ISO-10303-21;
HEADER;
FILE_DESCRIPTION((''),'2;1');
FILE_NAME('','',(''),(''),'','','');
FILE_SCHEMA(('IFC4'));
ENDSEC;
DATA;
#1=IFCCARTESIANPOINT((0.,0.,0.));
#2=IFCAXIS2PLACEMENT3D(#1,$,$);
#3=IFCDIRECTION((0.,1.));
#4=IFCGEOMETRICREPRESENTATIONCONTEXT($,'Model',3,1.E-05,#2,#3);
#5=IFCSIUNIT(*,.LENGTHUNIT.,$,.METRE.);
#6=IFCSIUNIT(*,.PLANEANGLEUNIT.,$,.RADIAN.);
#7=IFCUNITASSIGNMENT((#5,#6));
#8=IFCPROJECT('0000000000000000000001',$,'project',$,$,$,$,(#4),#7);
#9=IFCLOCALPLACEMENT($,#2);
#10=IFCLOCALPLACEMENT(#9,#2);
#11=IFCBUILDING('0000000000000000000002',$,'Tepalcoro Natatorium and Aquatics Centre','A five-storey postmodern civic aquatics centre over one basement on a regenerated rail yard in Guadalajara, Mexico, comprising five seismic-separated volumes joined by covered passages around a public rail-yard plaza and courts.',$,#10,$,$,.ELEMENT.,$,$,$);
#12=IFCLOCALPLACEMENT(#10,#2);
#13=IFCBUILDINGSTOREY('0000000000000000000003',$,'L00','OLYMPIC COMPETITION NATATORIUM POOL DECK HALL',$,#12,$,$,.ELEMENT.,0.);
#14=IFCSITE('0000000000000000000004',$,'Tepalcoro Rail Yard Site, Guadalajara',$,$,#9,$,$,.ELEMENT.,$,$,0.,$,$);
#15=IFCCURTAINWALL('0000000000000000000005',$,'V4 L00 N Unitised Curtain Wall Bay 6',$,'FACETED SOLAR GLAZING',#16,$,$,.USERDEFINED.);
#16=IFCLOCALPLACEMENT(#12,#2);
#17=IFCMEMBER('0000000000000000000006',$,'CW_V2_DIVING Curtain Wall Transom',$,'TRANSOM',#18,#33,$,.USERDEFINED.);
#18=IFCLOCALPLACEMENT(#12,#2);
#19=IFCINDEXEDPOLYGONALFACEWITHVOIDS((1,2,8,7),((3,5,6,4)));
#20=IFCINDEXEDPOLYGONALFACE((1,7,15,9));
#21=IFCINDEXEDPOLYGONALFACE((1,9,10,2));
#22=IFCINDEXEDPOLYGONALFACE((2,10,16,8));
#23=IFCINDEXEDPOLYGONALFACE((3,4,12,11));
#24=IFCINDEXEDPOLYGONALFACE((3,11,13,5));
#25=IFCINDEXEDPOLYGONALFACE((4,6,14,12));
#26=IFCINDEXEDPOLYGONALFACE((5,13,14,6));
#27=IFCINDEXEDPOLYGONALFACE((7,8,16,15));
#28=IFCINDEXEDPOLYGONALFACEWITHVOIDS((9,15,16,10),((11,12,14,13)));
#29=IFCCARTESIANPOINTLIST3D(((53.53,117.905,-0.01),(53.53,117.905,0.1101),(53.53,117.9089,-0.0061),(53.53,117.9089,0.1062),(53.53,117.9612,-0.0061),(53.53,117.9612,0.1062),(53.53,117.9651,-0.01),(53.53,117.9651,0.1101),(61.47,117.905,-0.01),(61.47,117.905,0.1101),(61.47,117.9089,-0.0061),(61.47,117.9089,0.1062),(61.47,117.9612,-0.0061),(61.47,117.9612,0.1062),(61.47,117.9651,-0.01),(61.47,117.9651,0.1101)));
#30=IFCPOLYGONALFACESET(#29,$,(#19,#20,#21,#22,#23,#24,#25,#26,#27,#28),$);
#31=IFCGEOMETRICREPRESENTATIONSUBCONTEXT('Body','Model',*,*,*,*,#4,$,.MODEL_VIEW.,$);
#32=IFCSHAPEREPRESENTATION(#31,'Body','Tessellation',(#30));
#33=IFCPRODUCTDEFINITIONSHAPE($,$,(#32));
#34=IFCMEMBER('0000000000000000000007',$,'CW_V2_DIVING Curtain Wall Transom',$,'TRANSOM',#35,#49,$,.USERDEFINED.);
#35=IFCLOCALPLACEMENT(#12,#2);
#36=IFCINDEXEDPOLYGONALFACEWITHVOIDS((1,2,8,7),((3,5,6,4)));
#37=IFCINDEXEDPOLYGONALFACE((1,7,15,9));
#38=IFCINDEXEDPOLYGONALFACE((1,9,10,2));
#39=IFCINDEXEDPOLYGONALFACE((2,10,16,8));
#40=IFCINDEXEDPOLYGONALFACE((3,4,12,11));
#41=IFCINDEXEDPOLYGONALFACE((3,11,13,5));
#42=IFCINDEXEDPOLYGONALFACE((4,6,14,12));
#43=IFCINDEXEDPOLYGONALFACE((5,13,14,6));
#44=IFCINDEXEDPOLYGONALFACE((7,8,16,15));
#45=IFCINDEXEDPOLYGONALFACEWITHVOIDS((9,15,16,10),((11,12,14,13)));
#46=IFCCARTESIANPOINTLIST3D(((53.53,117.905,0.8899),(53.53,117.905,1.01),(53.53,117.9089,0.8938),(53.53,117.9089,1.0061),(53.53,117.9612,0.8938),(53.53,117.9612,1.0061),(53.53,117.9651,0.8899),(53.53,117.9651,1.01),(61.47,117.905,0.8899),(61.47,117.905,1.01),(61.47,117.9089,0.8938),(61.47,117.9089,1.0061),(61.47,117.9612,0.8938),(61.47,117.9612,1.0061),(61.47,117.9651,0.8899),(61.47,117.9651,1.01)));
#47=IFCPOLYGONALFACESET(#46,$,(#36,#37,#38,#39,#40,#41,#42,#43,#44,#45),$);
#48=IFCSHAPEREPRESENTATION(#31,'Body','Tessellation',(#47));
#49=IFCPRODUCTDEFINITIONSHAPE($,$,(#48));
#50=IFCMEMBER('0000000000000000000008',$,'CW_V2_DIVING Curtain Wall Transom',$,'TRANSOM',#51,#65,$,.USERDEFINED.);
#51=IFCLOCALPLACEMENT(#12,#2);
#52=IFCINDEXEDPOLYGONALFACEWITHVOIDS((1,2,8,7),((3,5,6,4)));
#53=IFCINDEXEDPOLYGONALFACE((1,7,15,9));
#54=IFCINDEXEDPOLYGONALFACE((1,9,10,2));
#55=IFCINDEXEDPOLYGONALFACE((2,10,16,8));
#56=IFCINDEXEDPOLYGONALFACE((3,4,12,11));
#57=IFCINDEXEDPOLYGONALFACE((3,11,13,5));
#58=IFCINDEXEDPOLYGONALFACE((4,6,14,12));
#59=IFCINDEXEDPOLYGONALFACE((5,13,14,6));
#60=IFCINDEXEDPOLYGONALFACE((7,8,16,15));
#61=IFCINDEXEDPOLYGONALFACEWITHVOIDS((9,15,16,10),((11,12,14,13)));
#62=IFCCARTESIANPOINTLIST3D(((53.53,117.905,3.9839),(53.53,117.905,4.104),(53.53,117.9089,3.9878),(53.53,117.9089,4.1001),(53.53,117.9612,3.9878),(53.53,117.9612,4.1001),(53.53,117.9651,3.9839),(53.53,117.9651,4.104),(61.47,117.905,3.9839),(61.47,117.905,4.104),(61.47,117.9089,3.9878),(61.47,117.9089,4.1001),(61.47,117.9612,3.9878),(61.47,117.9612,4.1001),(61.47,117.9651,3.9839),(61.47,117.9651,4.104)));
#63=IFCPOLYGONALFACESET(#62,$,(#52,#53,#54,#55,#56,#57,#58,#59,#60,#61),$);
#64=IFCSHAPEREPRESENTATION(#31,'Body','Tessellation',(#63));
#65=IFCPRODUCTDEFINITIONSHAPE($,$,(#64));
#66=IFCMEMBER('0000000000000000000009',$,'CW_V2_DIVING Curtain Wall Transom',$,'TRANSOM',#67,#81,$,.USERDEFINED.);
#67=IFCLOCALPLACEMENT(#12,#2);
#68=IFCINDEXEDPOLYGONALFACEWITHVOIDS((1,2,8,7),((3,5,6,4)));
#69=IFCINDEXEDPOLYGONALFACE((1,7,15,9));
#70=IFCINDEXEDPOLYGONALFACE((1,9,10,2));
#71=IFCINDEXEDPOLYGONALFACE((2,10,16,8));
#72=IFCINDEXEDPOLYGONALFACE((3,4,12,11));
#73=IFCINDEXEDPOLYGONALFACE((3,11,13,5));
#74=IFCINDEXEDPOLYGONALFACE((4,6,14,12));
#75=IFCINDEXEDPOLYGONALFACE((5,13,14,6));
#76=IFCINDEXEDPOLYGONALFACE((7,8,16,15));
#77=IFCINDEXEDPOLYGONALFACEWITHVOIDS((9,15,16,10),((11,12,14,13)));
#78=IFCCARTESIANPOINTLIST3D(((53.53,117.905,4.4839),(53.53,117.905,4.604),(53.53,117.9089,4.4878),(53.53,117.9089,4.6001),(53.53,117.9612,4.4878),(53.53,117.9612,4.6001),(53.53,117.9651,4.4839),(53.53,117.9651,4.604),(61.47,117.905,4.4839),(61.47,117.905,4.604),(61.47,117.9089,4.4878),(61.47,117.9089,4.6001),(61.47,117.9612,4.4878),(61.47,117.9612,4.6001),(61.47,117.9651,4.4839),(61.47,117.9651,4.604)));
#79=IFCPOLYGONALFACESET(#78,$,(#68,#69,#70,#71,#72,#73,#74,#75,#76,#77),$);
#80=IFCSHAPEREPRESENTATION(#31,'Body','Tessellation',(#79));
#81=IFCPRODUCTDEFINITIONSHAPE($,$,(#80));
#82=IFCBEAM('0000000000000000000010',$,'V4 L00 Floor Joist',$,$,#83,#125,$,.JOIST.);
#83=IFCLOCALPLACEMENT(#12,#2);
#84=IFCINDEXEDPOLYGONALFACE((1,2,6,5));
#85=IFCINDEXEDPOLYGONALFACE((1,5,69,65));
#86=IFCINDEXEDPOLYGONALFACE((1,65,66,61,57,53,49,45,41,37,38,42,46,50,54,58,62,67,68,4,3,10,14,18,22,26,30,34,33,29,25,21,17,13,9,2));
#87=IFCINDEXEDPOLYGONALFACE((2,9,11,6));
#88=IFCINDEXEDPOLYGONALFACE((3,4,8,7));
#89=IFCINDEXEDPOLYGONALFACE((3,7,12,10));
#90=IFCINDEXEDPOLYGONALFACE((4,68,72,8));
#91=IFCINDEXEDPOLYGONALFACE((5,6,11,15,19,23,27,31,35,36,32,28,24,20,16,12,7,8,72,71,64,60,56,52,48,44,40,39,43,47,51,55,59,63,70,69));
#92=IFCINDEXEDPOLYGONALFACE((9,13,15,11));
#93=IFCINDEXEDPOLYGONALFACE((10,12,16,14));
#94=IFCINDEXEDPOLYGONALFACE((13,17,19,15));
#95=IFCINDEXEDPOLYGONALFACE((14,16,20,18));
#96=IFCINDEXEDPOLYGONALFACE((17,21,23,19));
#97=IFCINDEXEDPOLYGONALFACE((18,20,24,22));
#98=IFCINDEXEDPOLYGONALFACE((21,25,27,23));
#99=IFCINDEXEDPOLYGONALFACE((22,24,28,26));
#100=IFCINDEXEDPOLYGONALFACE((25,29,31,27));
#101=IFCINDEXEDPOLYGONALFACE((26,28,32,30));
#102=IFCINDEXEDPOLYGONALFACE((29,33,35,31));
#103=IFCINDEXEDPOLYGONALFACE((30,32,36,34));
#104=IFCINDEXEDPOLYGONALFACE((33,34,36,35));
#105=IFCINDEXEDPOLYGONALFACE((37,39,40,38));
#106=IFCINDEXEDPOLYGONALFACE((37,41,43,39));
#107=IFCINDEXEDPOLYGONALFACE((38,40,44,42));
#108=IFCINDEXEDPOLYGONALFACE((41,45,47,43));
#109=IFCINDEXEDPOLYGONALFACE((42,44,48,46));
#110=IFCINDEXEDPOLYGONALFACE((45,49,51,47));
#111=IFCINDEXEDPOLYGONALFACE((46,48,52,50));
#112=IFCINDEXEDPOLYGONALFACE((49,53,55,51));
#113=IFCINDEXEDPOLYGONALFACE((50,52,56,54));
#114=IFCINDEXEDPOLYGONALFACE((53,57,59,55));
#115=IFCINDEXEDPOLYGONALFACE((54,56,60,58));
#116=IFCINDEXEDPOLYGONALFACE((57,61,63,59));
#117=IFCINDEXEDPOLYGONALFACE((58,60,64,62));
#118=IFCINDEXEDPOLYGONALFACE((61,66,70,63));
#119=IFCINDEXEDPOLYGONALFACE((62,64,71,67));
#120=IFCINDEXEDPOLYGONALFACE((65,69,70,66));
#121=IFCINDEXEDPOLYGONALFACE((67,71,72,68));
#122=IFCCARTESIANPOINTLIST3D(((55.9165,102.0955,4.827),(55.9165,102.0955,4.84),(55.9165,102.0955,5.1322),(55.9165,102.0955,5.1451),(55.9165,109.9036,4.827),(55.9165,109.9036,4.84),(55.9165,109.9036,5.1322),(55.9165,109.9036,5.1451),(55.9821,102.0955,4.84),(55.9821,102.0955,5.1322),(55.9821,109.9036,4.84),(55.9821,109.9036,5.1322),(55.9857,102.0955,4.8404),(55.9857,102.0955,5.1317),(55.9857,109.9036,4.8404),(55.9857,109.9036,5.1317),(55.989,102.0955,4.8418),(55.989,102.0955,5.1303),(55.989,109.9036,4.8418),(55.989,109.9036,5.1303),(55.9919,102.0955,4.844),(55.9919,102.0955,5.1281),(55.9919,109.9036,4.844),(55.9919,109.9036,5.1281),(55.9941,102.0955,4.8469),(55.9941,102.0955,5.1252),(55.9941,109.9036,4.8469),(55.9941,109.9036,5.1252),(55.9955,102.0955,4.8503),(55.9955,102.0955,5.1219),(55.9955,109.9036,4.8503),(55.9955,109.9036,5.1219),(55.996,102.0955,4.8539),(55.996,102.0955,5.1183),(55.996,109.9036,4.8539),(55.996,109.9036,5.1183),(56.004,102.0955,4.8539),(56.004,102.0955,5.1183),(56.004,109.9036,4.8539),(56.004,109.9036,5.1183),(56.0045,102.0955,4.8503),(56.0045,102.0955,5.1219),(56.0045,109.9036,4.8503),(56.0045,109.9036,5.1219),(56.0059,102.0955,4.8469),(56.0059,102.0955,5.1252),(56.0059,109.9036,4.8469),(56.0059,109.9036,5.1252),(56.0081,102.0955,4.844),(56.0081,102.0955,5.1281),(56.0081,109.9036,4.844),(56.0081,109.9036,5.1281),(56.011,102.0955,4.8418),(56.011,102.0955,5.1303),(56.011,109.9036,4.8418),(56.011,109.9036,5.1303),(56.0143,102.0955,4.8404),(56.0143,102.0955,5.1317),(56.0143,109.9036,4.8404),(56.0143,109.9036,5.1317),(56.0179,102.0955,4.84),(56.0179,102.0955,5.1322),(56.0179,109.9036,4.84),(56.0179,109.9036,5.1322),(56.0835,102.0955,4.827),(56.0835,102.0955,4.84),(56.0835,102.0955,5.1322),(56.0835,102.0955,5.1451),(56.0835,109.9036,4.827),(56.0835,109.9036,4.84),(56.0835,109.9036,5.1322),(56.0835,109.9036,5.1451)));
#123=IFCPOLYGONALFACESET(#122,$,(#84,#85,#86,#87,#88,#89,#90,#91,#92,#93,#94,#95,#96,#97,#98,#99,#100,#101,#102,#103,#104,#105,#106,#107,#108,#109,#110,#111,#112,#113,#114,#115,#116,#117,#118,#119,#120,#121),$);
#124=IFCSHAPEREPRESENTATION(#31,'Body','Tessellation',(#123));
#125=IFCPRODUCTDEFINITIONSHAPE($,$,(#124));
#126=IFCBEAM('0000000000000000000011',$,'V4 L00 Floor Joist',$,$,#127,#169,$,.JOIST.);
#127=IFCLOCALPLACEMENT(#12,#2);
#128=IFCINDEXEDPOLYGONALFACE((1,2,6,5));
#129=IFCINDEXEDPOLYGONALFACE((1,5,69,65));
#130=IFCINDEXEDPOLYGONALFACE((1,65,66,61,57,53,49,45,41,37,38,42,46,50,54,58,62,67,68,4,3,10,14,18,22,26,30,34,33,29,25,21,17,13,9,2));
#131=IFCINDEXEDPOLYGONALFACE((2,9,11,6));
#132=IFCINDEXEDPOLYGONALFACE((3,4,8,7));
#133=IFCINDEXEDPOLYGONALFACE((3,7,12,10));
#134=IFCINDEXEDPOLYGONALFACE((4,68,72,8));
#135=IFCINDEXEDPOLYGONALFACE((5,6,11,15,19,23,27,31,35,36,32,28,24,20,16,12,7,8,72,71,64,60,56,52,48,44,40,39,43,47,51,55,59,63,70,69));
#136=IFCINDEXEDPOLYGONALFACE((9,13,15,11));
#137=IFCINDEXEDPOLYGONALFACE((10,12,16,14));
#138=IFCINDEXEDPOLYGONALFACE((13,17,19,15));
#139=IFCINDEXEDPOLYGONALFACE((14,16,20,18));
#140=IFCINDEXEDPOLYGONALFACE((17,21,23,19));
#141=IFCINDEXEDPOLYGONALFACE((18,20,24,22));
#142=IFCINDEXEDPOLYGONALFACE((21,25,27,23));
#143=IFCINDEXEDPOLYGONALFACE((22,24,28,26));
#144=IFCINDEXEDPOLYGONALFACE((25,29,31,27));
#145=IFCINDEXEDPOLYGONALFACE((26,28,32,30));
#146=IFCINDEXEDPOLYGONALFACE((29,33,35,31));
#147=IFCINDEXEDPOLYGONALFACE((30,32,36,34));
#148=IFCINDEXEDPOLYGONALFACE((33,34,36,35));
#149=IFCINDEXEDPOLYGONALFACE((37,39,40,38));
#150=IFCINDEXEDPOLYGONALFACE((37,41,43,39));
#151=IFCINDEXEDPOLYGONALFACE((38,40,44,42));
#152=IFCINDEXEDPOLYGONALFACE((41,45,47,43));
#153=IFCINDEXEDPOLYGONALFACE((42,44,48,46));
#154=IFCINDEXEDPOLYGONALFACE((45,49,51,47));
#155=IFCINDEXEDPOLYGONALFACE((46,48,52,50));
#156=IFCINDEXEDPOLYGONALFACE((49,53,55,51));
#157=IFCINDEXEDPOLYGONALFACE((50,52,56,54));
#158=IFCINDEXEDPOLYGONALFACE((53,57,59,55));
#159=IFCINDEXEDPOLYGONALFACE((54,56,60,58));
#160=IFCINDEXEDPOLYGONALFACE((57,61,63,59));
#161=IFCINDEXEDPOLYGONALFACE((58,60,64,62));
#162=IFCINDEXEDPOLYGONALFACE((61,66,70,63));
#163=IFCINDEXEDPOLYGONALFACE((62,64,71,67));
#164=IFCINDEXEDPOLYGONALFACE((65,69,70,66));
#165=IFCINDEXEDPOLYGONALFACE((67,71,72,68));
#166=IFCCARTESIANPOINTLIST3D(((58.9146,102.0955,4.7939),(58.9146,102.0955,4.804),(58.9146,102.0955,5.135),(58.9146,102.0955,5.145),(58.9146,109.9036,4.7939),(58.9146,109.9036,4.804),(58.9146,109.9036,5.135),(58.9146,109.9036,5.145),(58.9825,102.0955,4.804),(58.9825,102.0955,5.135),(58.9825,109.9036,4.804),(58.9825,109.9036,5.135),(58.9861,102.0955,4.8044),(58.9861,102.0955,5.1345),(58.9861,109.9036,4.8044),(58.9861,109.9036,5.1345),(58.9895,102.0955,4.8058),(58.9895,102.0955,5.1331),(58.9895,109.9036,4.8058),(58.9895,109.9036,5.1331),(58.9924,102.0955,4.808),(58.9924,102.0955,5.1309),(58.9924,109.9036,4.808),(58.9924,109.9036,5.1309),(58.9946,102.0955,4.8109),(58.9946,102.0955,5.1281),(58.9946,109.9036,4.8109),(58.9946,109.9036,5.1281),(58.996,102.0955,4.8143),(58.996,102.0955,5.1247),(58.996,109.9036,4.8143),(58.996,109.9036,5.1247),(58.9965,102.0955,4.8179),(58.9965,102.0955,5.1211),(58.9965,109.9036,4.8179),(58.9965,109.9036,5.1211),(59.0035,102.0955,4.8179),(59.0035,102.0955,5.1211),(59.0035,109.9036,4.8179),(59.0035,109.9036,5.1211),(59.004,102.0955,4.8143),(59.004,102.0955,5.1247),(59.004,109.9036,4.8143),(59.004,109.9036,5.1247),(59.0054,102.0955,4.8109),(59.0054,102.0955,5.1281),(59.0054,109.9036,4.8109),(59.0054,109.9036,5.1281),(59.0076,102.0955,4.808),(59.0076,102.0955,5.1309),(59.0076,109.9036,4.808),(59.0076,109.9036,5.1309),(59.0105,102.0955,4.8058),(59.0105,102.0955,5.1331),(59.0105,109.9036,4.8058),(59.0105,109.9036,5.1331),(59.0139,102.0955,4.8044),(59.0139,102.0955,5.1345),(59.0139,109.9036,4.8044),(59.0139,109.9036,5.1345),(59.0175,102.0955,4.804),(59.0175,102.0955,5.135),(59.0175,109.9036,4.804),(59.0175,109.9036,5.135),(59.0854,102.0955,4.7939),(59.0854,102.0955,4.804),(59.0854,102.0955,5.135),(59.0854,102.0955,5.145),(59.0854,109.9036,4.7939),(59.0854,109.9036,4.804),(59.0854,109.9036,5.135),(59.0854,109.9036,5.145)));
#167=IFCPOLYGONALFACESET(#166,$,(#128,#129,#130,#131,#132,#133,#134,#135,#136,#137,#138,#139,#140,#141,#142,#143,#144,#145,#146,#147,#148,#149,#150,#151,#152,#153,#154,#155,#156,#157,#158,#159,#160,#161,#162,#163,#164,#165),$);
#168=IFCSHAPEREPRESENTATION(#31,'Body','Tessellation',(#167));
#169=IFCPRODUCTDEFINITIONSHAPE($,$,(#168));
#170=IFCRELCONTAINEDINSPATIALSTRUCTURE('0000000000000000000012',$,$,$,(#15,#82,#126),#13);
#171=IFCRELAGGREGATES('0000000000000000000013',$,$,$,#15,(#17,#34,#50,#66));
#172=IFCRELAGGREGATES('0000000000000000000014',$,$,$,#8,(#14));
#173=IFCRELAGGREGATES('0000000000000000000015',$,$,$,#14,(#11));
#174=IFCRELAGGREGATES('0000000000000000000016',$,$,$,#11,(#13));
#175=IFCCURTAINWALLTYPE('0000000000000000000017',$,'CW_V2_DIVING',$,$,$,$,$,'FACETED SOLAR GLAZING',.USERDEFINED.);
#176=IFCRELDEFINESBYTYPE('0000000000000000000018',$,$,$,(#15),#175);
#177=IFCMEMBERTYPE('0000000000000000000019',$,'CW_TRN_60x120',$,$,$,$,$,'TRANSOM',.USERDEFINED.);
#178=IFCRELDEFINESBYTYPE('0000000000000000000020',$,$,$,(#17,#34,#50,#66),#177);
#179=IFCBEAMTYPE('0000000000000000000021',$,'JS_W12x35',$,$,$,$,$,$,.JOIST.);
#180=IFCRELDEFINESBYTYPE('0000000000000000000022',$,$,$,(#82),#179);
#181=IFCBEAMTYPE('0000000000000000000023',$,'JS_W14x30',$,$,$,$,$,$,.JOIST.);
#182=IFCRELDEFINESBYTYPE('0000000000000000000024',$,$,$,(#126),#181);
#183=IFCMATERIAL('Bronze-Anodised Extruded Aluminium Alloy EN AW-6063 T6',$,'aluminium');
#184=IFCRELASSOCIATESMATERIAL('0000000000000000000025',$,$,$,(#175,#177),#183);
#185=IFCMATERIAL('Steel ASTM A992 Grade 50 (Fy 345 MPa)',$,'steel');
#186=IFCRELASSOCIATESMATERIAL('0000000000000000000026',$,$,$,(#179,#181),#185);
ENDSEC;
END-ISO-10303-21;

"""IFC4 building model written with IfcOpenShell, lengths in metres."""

from ifc_helpers import new_model, si_unit, direction, frame, origin, origin_2d, place, context, subcontext, project, spatial, hollow_rectangle, i_section, extrude, material, material_profile, profile_set, type_object, element, aggregate, save


model = new_model("IFC4")

# Units and contexts
model_context = context("Model", 3, precision=1e-05, world=origin(), true_north=direction((0.0, 1.0)))
body_context = subcontext(model_context, "Body", "Model", "MODEL_VIEW")
ifc_project = project(units=[si_unit("LENGTHUNIT", "METRE"), si_unit("PLANEANGLEUNIT", "RADIAN")], contexts=[model_context])

# Site, building, storey
site_placement = place(None, origin())
site = spatial("IfcSite", under=ifc_project, at=site_placement, Name="Tepalcoro Rail Yard Site, Guadalajara", CompositionType="ELEMENT", RefElevation=0.0)
building_placement = place(site_placement, origin())
building = spatial("IfcBuilding", under=site, at=building_placement, Name="Tepalcoro Natatorium and Aquatics Centre", Description="A five-storey postmodern civic aquatics centre over one basement on a regenerated rail yard in Guadalajara, Mexico, comprising five seismic-separated volumes joined by covered passages around a public rail-yard plaza and courts.", CompositionType="ELEMENT")
storey_placement = place(building_placement, origin())
storey = spatial("IfcBuildingStorey", under=building, at=storey_placement, Name="L00", Description="OLYMPIC COMPETITION NATATORIUM POOL DECK HALL", CompositionType="ELEMENT", Elevation=0.0)

# Shared definitions
ifc_material_1 = material(Name="Steel ASTM A992 Grade 50 (Fy 345 MPa)", Category="steel")

# Curtain wall, members
ifc_material_2 = material(Name="Bronze-Anodised Extruded Aluminium Alloy EN AW-6063 T6", Category="aluminium")
curtain_wall_type = type_object("IfcCurtainWallType", Name="CW_V2_DIVING", ElementType="FACETED SOLAR GLAZING", PredefinedType="USERDEFINED", material=ifc_material_2)
curtain_wall_placement = place(storey_placement, origin())
curtain_wall = element("IfcCurtainWall", 1, at=curtain_wall_placement, inside=storey, type_object=curtain_wall_type, Name="V4 L00 N Unitised Curtain Wall Bay 6", ObjectType="FACETED SOLAR GLAZING", PredefinedType="USERDEFINED")
ifc_material_profile_1 = material_profile(ifc_material_2, hollow_rectangle(XDim=0.0601, YDim=0.1201, WallThickness=0.0039, at=origin_2d()), Name="AL60X120X4")
ifc_profile_set_1 = profile_set([ifc_material_profile_1], Name="Bronze-Anodised Extruded Aluminium Alloy EN AW-6063 T6")
member_type_1 = type_object("IfcMemberType", Name="CW_TRN_60x120", ElementType="TRANSOM", PredefinedType="USERDEFINED", material=ifc_profile_set_1)
member_1_placement = place(storey_placement, frame((53.53, 117.9351, 0.05), z_axis=(1.0, 0.0, 0.0), x_axis=(0.0, 1.0, 0.0)))
member_1 = element("IfcMember", 2, at=member_1_placement, type_object=member_type_1, Name="CW_V2_DIVING Curtain Wall Transom", ObjectType="TRANSOM", PredefinedType="USERDEFINED", context=body_context, shape_type="SweptSolid", body=[
    extrude(hollow_rectangle(XDim=0.0601, YDim=0.1201, WallThickness=0.0039, at=origin_2d()), origin(), (0.0, 0.0, 1.0), 7.9399),
])
member_2_placement = place(storey_placement, frame((53.53, 117.9351, 0.95), z_axis=(1.0, 0.0, 0.0), x_axis=(0.0, 1.0, 0.0)))
member_2 = element("IfcMember", 3, at=member_2_placement, type_object=member_type_1, Name="CW_V2_DIVING Curtain Wall Transom", ObjectType="TRANSOM", PredefinedType="USERDEFINED", context=body_context, shape_type="SweptSolid", body=[
    extrude(hollow_rectangle(XDim=0.0601, YDim=0.1201, WallThickness=0.0039, at=origin_2d()), origin(), (0.0, 0.0, 1.0), 7.9399),
])
member_3_placement = place(storey_placement, frame((53.53, 117.9351, 4.0439), z_axis=(1.0, 0.0, 0.0), x_axis=(0.0, 1.0, 0.0)))
member_3 = element("IfcMember", 4, at=member_3_placement, type_object=member_type_1, Name="CW_V2_DIVING Curtain Wall Transom", ObjectType="TRANSOM", PredefinedType="USERDEFINED", context=body_context, shape_type="SweptSolid", body=[
    extrude(hollow_rectangle(XDim=0.0601, YDim=0.1201, WallThickness=0.0039, at=origin_2d()), origin(), (0.0, 0.0, 1.0), 7.9399),
])
member_4_placement = place(storey_placement, frame((53.53, 117.9351, 4.5439), z_axis=(1.0, 0.0, 0.0), x_axis=(0.0, 1.0, 0.0)))
member_4 = element("IfcMember", 5, at=member_4_placement, type_object=member_type_1, Name="CW_V2_DIVING Curtain Wall Transom", ObjectType="TRANSOM", PredefinedType="USERDEFINED", context=body_context, shape_type="SweptSolid", body=[
    extrude(hollow_rectangle(XDim=0.0601, YDim=0.1201, WallThickness=0.0039, at=origin_2d()), origin(), (0.0, 0.0, 1.0), 7.9399),
])

# Beams
ifc_material_profile_2 = material_profile(ifc_material_1, i_section(OverallWidth=0.167, OverallDepth=0.3181, WebThickness=0.0081, FlangeThickness=0.0129, FilletRadius=0.0139, at=origin_2d()), Name="W12X35")
ifc_profile_set_2 = profile_set([ifc_material_profile_2], Name="Steel ASTM A992 Grade 50 (Fy 345 MPa)")
beam_type_1 = type_object("IfcBeamType", Name="JS_W12x35", PredefinedType="JOIST", material=ifc_profile_set_2)
beam_1_placement = place(storey_placement, frame((56.0, 102.0955, 4.9861), z_axis=(0.0, 1.0, 0.0), x_axis=(-1.0, 0.0, 0.0)))
element("IfcBeam", 6, at=beam_1_placement, inside=storey, type_object=beam_type_1, Name="V4 L00 Floor Joist", PredefinedType="JOIST", context=body_context, shape_type="SweptSolid", body=[
    extrude(i_section(OverallWidth=0.167, OverallDepth=0.3181, WebThickness=0.0081, FlangeThickness=0.0129, FilletRadius=0.0139, at=origin_2d()), origin(), (0.0, 0.0, 1.0), 7.8081),
])
ifc_material_profile_3 = material_profile(ifc_material_1, i_section(OverallWidth=0.1709, OverallDepth=0.3511, WebThickness=0.0071, FlangeThickness=0.01, FilletRadius=0.0139, at=origin_2d()), Name="W14X30")
ifc_profile_set_3 = profile_set([ifc_material_profile_3], Name="Steel ASTM A992 Grade 50 (Fy 345 MPa)")
beam_type_2 = type_object("IfcBeamType", Name="JS_W14x30", PredefinedType="JOIST", material=ifc_profile_set_3)
beam_2_placement = place(storey_placement, frame((59.0, 102.0955, 4.9695), z_axis=(0.0, 1.0, 0.0), x_axis=(-1.0, 0.0, 0.0)))
element("IfcBeam", 7, at=beam_2_placement, inside=storey, type_object=beam_type_2, Name="V4 L00 Floor Joist", PredefinedType="JOIST", context=body_context, shape_type="SweptSolid", body=[
    extrude(i_section(OverallWidth=0.1709, OverallDepth=0.3511, WebThickness=0.0071, FlangeThickness=0.01, FilletRadius=0.0139, at=origin_2d()), origin(), (0.0, 0.0, 1.0), 7.8081),
])

aggregate(curtain_wall, [member_1, member_2, member_3, member_4])

save(model, "model.ifc")
